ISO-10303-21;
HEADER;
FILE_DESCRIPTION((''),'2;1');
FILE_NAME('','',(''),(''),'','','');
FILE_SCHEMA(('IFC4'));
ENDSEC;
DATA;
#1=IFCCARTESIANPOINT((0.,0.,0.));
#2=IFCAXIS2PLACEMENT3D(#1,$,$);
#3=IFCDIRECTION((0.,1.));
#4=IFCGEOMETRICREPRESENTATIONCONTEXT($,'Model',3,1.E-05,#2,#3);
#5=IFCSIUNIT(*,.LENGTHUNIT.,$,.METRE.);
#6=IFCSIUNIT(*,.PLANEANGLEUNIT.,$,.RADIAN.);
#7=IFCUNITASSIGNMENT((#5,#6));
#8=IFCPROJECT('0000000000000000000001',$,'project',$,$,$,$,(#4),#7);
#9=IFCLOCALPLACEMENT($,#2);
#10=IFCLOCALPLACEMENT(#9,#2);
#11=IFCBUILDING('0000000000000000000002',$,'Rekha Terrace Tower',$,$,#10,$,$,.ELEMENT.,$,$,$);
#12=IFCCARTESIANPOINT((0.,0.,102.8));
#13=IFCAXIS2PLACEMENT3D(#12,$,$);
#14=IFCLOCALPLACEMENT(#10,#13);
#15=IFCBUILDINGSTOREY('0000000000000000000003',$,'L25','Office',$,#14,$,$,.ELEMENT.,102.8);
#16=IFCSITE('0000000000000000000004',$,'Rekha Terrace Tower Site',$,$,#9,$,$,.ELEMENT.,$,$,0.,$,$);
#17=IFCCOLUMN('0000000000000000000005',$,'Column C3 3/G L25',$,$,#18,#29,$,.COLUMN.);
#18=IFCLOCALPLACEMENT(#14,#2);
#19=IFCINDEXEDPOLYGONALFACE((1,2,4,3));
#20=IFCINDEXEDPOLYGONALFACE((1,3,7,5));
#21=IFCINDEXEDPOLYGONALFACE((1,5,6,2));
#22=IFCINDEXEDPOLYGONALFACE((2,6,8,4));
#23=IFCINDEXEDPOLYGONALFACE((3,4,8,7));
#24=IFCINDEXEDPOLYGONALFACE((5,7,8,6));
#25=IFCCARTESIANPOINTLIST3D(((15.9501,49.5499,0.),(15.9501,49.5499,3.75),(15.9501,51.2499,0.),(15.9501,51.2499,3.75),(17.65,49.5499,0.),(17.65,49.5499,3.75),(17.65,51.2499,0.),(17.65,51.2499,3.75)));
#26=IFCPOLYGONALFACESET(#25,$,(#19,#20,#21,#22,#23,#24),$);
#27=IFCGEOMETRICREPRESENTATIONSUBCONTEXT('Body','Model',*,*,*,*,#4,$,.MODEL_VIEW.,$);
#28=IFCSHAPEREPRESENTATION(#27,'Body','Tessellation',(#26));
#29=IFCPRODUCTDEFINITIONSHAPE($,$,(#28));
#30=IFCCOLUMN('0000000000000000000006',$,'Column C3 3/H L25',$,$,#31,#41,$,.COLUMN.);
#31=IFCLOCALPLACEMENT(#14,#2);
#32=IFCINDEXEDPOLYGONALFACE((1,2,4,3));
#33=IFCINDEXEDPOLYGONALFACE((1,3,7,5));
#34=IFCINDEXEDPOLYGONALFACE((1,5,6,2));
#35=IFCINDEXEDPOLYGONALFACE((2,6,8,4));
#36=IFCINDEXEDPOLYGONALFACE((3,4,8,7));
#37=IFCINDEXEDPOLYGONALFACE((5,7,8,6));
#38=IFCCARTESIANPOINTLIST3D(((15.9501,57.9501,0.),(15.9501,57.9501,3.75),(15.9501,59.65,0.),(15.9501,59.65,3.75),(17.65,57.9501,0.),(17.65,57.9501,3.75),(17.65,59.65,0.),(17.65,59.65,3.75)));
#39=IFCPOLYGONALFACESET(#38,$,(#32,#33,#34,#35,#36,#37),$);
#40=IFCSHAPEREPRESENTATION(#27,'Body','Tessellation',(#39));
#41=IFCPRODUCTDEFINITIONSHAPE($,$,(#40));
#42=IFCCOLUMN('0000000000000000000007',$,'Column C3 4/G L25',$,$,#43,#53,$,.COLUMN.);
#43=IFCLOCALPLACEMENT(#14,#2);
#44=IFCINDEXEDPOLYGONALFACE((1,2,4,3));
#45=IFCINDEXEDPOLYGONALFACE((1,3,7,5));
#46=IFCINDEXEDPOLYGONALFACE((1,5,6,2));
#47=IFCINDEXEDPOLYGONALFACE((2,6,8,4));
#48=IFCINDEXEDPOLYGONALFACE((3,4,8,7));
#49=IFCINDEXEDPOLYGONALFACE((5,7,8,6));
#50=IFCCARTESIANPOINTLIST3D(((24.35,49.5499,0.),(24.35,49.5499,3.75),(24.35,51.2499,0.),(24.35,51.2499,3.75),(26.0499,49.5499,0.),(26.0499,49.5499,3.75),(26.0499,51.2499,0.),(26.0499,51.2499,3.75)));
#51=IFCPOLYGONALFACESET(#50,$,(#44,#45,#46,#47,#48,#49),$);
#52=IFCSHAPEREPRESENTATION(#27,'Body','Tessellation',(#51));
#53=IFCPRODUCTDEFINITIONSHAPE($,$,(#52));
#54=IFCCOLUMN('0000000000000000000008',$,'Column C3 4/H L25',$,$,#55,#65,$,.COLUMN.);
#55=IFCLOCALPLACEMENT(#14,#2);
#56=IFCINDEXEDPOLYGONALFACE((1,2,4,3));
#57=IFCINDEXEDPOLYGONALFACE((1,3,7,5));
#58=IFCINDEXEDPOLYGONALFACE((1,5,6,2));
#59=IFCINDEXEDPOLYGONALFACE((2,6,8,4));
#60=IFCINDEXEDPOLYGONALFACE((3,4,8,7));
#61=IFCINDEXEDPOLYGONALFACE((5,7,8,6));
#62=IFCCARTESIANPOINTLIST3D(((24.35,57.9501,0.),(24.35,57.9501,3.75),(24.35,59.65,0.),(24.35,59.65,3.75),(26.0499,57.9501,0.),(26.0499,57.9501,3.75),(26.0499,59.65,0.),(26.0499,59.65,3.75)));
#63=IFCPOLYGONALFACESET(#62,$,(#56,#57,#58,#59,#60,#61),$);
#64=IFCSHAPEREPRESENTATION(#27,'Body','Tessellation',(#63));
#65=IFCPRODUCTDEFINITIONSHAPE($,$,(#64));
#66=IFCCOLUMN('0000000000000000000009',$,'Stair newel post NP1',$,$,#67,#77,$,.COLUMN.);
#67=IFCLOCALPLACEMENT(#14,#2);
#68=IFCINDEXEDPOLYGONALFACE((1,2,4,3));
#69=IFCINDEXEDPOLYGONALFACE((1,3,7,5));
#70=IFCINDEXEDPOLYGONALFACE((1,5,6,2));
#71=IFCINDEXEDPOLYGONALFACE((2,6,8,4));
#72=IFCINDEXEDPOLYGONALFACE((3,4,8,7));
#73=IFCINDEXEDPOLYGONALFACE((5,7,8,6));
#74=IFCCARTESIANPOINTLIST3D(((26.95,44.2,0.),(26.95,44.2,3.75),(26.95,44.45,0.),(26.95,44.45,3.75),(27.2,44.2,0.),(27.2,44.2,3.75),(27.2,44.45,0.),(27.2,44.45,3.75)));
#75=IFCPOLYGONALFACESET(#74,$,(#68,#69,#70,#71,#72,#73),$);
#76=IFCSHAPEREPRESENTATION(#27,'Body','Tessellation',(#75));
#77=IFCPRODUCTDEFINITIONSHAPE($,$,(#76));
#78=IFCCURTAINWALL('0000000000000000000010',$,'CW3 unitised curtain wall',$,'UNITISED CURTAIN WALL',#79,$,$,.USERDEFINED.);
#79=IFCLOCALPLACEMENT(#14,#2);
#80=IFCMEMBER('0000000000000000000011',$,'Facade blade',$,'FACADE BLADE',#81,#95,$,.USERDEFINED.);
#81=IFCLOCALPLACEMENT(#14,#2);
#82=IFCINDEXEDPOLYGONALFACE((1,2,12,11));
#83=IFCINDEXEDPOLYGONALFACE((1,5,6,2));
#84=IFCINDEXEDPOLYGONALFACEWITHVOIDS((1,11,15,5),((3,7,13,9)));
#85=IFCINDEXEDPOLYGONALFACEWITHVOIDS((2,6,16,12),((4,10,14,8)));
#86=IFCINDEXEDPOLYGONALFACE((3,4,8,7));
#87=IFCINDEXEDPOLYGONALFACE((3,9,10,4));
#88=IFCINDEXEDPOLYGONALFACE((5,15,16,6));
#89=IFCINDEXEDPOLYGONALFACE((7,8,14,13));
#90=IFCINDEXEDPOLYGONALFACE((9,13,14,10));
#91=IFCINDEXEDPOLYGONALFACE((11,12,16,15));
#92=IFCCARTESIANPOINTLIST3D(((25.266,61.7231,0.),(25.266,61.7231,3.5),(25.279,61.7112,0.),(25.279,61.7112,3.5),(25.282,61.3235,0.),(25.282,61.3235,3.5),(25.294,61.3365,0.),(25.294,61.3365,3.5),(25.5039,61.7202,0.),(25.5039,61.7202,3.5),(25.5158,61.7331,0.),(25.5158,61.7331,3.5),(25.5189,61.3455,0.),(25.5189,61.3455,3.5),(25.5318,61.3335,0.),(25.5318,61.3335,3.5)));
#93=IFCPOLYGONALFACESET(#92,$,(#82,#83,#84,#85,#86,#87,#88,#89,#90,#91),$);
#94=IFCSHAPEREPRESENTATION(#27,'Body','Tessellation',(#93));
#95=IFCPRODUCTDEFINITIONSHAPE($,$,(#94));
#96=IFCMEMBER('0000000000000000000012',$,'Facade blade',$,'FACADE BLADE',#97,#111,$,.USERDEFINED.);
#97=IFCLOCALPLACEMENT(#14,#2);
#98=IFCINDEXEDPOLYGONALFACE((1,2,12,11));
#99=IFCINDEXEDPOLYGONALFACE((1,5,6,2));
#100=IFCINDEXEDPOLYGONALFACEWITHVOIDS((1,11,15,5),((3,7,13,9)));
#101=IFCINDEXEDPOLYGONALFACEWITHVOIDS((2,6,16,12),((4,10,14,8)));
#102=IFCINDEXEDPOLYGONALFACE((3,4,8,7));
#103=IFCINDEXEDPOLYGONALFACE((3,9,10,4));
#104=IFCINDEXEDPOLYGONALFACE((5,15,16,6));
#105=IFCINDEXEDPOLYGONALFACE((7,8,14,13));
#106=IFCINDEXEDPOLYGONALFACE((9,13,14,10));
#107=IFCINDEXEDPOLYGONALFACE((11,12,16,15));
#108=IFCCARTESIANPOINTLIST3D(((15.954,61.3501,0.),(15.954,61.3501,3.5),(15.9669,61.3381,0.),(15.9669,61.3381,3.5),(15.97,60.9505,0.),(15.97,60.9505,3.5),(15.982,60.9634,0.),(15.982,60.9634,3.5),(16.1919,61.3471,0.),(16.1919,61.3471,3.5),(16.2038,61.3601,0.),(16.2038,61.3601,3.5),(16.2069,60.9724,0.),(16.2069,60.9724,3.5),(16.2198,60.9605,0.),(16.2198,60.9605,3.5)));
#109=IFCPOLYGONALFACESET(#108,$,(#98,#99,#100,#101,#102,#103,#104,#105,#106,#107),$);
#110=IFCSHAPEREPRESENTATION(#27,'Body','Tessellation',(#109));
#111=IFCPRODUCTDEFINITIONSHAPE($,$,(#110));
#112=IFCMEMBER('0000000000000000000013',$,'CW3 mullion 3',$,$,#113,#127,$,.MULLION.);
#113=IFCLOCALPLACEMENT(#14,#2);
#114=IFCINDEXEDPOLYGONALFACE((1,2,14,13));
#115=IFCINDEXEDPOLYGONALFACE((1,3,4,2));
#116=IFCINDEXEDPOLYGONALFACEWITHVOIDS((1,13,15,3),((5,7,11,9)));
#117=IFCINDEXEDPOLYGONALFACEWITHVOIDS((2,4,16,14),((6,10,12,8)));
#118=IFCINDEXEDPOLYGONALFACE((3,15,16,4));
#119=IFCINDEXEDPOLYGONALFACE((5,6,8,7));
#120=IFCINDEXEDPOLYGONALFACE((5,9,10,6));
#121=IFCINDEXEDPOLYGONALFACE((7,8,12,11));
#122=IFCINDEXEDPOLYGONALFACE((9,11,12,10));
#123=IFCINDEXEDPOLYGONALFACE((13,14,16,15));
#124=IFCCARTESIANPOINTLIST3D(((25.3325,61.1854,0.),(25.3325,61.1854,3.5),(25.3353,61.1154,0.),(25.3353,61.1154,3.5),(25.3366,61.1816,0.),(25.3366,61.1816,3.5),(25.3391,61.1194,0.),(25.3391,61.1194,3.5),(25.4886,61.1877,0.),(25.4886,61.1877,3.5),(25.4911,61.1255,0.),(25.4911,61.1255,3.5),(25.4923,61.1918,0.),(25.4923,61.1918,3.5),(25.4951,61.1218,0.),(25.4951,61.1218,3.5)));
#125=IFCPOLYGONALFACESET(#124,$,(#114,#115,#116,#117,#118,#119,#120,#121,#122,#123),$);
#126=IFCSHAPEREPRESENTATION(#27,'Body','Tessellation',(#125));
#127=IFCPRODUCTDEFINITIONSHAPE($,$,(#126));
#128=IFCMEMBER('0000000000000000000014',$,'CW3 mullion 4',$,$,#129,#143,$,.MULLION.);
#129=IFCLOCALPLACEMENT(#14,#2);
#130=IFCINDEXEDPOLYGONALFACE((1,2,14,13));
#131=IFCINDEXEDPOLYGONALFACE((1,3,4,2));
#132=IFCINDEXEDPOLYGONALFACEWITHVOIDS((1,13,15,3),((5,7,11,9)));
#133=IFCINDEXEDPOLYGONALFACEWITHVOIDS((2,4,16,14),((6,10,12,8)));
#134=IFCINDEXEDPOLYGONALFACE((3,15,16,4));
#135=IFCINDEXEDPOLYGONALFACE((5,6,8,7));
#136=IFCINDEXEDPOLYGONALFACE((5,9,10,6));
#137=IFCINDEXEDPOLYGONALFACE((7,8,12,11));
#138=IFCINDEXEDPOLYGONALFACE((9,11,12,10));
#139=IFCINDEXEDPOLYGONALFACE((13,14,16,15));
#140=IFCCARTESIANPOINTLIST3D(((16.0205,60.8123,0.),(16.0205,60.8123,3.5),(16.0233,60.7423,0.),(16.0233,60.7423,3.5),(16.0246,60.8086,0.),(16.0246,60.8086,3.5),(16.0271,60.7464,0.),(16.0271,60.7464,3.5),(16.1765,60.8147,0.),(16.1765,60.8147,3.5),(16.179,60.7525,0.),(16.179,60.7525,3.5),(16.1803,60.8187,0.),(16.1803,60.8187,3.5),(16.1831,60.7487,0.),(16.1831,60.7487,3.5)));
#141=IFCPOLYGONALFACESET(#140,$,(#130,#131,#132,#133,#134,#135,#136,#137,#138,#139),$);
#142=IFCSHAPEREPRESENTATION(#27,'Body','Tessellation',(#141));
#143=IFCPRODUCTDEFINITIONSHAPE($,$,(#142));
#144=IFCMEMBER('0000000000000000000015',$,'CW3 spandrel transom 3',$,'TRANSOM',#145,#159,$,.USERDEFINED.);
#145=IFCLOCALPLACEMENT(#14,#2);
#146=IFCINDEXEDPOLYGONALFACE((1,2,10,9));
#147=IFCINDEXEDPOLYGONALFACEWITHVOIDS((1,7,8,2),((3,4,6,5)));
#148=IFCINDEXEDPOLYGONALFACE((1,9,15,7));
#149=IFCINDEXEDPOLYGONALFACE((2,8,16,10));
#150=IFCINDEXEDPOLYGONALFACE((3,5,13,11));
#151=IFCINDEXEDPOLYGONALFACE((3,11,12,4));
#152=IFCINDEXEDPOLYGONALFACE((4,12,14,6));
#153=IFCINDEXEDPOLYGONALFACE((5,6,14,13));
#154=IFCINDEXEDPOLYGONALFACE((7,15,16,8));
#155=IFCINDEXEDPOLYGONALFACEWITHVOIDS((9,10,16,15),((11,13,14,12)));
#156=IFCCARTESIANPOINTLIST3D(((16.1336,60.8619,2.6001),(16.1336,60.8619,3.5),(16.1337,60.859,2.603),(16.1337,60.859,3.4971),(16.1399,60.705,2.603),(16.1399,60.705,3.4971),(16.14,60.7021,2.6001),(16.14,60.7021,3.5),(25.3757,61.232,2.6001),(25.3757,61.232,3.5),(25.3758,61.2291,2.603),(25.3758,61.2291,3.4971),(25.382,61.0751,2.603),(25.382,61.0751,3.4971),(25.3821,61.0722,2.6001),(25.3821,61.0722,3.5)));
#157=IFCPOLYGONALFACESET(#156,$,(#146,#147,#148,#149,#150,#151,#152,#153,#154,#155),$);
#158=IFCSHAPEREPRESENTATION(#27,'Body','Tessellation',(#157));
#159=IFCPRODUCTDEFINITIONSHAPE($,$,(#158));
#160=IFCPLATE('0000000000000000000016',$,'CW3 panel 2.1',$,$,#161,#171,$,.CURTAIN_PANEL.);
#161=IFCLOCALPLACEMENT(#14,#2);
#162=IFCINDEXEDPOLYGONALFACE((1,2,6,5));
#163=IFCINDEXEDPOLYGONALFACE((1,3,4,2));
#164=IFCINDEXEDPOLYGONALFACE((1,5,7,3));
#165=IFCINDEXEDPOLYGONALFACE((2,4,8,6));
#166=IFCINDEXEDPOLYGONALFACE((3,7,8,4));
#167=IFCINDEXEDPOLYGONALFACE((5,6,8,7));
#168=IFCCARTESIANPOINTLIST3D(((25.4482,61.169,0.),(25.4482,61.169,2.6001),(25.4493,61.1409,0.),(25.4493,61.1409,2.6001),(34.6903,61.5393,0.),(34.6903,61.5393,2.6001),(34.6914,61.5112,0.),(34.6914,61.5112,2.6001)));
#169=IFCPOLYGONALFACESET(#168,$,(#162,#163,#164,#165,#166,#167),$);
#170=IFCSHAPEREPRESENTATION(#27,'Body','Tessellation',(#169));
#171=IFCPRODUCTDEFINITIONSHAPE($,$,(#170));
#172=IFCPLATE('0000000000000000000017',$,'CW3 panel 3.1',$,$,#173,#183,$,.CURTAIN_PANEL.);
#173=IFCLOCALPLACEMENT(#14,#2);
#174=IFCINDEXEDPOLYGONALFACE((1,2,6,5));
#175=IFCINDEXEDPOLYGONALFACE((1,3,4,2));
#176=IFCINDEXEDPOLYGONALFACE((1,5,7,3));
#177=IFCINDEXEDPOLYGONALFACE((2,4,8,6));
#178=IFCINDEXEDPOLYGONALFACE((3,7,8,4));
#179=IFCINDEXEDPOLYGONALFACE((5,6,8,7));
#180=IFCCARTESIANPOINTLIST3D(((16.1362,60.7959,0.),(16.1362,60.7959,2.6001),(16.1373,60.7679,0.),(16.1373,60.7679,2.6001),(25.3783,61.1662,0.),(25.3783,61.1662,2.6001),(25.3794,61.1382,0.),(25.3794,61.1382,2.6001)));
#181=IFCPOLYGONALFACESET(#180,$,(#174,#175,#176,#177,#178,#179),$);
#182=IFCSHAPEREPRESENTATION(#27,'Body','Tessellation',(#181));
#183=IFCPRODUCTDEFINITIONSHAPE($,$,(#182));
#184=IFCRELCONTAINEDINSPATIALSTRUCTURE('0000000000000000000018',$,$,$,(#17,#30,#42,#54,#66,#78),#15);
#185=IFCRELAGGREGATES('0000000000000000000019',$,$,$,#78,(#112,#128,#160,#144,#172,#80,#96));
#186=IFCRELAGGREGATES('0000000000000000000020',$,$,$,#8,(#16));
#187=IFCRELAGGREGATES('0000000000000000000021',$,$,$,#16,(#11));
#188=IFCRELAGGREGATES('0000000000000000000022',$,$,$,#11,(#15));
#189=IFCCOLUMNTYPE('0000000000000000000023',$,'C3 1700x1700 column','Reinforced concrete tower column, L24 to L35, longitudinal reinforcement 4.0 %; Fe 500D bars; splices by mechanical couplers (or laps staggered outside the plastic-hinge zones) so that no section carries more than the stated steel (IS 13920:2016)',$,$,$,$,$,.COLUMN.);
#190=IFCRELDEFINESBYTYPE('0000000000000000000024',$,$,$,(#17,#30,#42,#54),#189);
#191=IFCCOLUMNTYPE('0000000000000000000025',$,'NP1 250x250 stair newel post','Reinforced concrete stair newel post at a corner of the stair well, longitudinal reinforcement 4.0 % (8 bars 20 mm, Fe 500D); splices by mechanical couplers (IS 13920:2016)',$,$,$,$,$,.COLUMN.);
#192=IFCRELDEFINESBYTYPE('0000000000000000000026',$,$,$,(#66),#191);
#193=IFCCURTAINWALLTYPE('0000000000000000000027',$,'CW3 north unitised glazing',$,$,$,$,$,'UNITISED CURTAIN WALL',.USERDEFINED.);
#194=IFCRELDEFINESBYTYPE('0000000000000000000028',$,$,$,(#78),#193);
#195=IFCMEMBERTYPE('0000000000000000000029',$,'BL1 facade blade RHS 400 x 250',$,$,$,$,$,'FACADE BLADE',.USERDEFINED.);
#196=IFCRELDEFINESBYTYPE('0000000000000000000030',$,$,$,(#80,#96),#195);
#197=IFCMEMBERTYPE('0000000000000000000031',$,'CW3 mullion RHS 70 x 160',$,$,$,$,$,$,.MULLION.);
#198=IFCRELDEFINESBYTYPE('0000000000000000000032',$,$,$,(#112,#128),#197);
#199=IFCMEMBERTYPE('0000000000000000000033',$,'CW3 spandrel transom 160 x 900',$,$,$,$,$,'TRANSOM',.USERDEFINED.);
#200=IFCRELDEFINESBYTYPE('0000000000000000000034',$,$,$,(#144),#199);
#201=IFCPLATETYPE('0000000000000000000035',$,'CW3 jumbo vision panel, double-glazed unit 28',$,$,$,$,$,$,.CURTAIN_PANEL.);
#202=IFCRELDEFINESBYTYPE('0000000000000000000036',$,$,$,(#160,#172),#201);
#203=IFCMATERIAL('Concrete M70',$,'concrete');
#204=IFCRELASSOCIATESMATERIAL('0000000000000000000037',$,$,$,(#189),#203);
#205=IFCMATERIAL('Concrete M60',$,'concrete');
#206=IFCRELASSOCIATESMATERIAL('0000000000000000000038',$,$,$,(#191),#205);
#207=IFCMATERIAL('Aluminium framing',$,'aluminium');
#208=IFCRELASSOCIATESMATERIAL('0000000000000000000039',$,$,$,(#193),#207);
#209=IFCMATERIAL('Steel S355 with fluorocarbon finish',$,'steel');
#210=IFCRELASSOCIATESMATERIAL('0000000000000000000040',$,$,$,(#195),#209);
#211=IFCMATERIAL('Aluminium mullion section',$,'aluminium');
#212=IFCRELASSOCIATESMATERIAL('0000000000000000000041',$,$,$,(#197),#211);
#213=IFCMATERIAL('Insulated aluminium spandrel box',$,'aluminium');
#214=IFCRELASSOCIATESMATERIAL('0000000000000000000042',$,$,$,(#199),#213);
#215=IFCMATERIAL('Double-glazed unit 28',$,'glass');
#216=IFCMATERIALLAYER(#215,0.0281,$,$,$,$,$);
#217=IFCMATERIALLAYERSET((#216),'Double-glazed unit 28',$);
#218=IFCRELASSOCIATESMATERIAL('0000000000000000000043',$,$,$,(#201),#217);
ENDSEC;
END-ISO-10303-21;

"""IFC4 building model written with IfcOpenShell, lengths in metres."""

from ifc_helpers import new_model, si_unit, direction, frame, origin, origin_2d, place, context, subcontext, project, spatial, rectangle, hollow_rectangle, extrude, material, layer, layer_set, material_profile, profile_set, type_object, element, aggregate, save


model = new_model("IFC4")

# Units and contexts
model_context = context("Model", 3, precision=1e-05, world=origin(), true_north=direction((0.0, 1.0)))
body_context = subcontext(model_context, "Body", "Model", "MODEL_VIEW")
ifc_project = project(units=[si_unit("LENGTHUNIT", "METRE"), si_unit("PLANEANGLEUNIT", "RADIAN")], contexts=[model_context])

# Site, building, storey
site_placement = place(None, origin())
site = spatial("IfcSite", under=ifc_project, at=site_placement, Name="Rekha Terrace Tower Site", CompositionType="ELEMENT", RefElevation=0.0)
building_placement = place(site_placement, origin())
building = spatial("IfcBuilding", under=site, at=building_placement, Name="Rekha Terrace Tower", CompositionType="ELEMENT")
storey_placement = place(building_placement, frame((0.0, 0.0, 102.8)))
storey = spatial("IfcBuildingStorey", under=building, at=storey_placement, Name="L25", Description="Office", CompositionType="ELEMENT", Elevation=102.8)

# Columns
ifc_material_1 = material(Name="Concrete M70", Category="concrete")
ifc_material_profile_1 = material_profile(ifc_material_1, rectangle(XDim=1.7, YDim=1.7, at=origin_2d()), Name="RC 1700x1700")
ifc_profile_set_1 = profile_set([ifc_material_profile_1], Name="Concrete M70")
column_type_1 = type_object("IfcColumnType", Name="C3 1700x1700 column", Description="Reinforced concrete tower column, L24 to L35, longitudinal reinforcement 4.0 %; Fe 500D bars; splices by mechanical couplers (or laps staggered outside the plastic-hinge zones) so that no section carries more than the stated steel (IS 13920:2016)", PredefinedType="COLUMN", material=ifc_profile_set_1)
for number, where, z_axis, x_axis, name in (
    (1, (16.8, 50.3999, 0.0), (0.0, 0.0, 1.0), (1.0, 0.0, 0.0), "Column C3 3/G L25"),
    (2, (16.8, 58.8, 0.0), (0.0, 0.0, 1.0), (1.0, 0.0, 0.0), "Column C3 3/H L25"),
    (3, (25.2, 50.3999, 0.0), (0.0, 0.0, 1.0), (1.0, 0.0, 0.0), "Column C3 4/G L25"),
    (4, (25.2, 58.8, 0.0), (0.0, 0.0, 1.0), (1.0, 0.0, 0.0), "Column C3 4/H L25"),
):
    element("IfcColumn", number, at=place(storey_placement, frame(where, z_axis=z_axis, x_axis=x_axis)), inside=storey, type_object=column_type_1, Name=name, PredefinedType="COLUMN", context=body_context, shape_type="SweptSolid", body=[
        extrude(rectangle(XDim=1.7, YDim=1.7, at=origin_2d()), origin(), (0.0, 0.0, 1.0), 3.75),
    ])
ifc_material_2 = material(Name="Concrete M60", Category="concrete")
ifc_material_profile_2 = material_profile(ifc_material_2, rectangle(XDim=0.25, YDim=0.25, at=origin_2d()), Name="RC 250x250")
ifc_profile_set_2 = profile_set([ifc_material_profile_2], Name="Concrete M60")
column_type_2 = type_object("IfcColumnType", Name="NP1 250x250 stair newel post", Description="Reinforced concrete stair newel post at a corner of the stair well, longitudinal reinforcement 4.0 % (8 bars 20 mm, Fe 500D); splices by mechanical couplers (IS 13920:2016)", PredefinedType="COLUMN", material=ifc_profile_set_2)
column_placement = place(storey_placement, frame((27.075, 44.325, 0.0), z_axis=(0.0, 0.0, 1.0), x_axis=(1.0, 0.0, 0.0)))
element("IfcColumn", 5, at=column_placement, inside=storey, type_object=column_type_2, Name="Stair newel post NP1", PredefinedType="COLUMN", context=body_context, shape_type="SweptSolid", body=[
    extrude(rectangle(XDim=0.25, YDim=0.25, at=origin_2d()), origin(), (0.0, 0.0, 1.0), 3.75),
])

# Curtain wall, members, plates
ifc_material_3 = material(Name="Aluminium framing", Category="aluminium")
curtain_wall_type = type_object("IfcCurtainWallType", Name="CW3 north unitised glazing", ElementType="UNITISED CURTAIN WALL", PredefinedType="USERDEFINED", material=ifc_material_3)
curtain_wall_placement = place(storey_placement, origin())
curtain_wall = element("IfcCurtainWall", 6, at=curtain_wall_placement, inside=storey, type_object=curtain_wall_type, Name="CW3 unitised curtain wall", ObjectType="UNITISED CURTAIN WALL", PredefinedType="USERDEFINED")
ifc_material_4 = material(Name="Steel S355 with fluorocarbon finish", Category="steel")
ifc_material_profile_3 = material_profile(ifc_material_4, hollow_rectangle(XDim=0.25, YDim=0.3999, WallThickness=0.0125, at=origin_2d()), Name="RHS400x250x12.5")
ifc_profile_set_3 = profile_set([ifc_material_profile_3], Name="Steel S355 with fluorocarbon finish")
member_type_1 = type_object("IfcMemberType", Name="BL1 facade blade RHS 400 x 250", ElementType="FACADE BLADE", PredefinedType="USERDEFINED", material=ifc_profile_set_3)
member_1_placement = place(storey_placement, frame((25.3989, 61.5283, 0.0), z_axis=(0.0, 0.0, 1.0), x_axis=(-0.999198, -0.040032, 0.0)))
member_1 = element("IfcMember", 7, at=member_1_placement, type_object=member_type_1, Name="Facade blade", ObjectType="FACADE BLADE", PredefinedType="USERDEFINED", context=body_context, shape_type="SweptSolid", body=[
    extrude(hollow_rectangle(XDim=0.25, YDim=0.3999, WallThickness=0.0125, at=origin_2d()), origin(), (0.0, 0.0, 1.0), 3.5),
])
member_2_placement = place(storey_placement, frame((16.0869, 61.1553, 0.0), z_axis=(0.0, 0.0, 1.0), x_axis=(-0.999198, -0.040032, 0.0)))
member_2 = element("IfcMember", 8, at=member_2_placement, type_object=member_type_1, Name="Facade blade", ObjectType="FACADE BLADE", PredefinedType="USERDEFINED", context=body_context, shape_type="SweptSolid", body=[
    extrude(hollow_rectangle(XDim=0.25, YDim=0.3999, WallThickness=0.0125, at=origin_2d()), origin(), (0.0, 0.0, 1.0), 3.5),
])
ifc_material_5 = material(Name="Aluminium mullion section", Category="aluminium")
ifc_material_profile_4 = material_profile(ifc_material_5, hollow_rectangle(XDim=0.0701, YDim=0.1599, WallThickness=0.0039, at=origin_2d()), Name="AL RHS 70x160")
ifc_profile_set_4 = profile_set([ifc_material_profile_4], Name="Aluminium mullion section")
member_type_2 = type_object("IfcMemberType", Name="CW3 mullion RHS 70 x 160", PredefinedType="MULLION", material=ifc_profile_set_4)
member_3_placement = place(storey_placement, frame((25.4138, 61.1536, 0.0), z_axis=(0.0, 0.0, 1.0), x_axis=(0.040032, -0.999198, 0.0)))
member_3 = element("IfcMember", 9, at=member_3_placement, type_object=member_type_2, Name="CW3 mullion 3", PredefinedType="MULLION", context=body_context, shape_type="SweptSolid", body=[
    extrude(hollow_rectangle(XDim=0.0701, YDim=0.1599, WallThickness=0.0039, at=origin_2d()), origin(), (0.0, 0.0, 1.0), 3.5),
])
member_4_placement = place(storey_placement, frame((16.1018, 60.7805, 0.0), z_axis=(0.0, 0.0, 1.0), x_axis=(0.040032, -0.999198, 0.0)))
member_4 = element("IfcMember", 10, at=member_4_placement, type_object=member_type_2, Name="CW3 mullion 4", PredefinedType="MULLION", context=body_context, shape_type="SweptSolid", body=[
    extrude(hollow_rectangle(XDim=0.0701, YDim=0.1599, WallThickness=0.0039, at=origin_2d()), origin(), (0.0, 0.0, 1.0), 3.5),
])
ifc_material_6 = material(Name="Insulated aluminium spandrel box", Category="aluminium")
ifc_material_profile_5 = material_profile(ifc_material_6, hollow_rectangle(XDim=0.1599, YDim=0.8999, WallThickness=0.0029, at=origin_2d()), Name="AL SPANDREL BOX 160x900")
ifc_profile_set_5 = profile_set([ifc_material_profile_5], Name="Insulated aluminium spandrel box")
member_type_3 = type_object("IfcMemberType", Name="CW3 spandrel transom 160 x 900", ElementType="TRANSOM", PredefinedType="USERDEFINED", material=ifc_profile_set_5)
member_5_placement = place(storey_placement, frame((25.3789, 61.1521, 3.05), z_axis=(-0.999199, -0.040014, 0.0), x_axis=(0.040014, -0.999199, 0.0)))
member_5 = element("IfcMember", 11, at=member_5_placement, type_object=member_type_3, Name="CW3 spandrel transom 3", ObjectType="TRANSOM", PredefinedType="USERDEFINED", context=body_context, shape_type="SweptSolid", body=[
    extrude(hollow_rectangle(XDim=0.1599, YDim=0.8999, WallThickness=0.0029, at=origin_2d()), origin(), (0.0, 0.0, 1.0), 9.2495),
])
ifc_material_7 = material(Name="Double-glazed unit 28", Category="glass")
ifc_layer_1 = layer(ifc_material_7, 0.0281)
ifc_layer_set_1 = layer_set([ifc_layer_1], Name="Double-glazed unit 28")
plate_type = type_object("IfcPlateType", Name="CW3 jumbo vision panel, double-glazed unit 28", PredefinedType="CURTAIN_PANEL", material=ifc_layer_set_1)
plate_1_placement = place(storey_placement, frame((30.0698, 61.3401, 0.0), z_axis=(0.0, 0.0, 1.0), x_axis=(-0.999198, -0.040032, 0.0)))
plate_1 = element("IfcPlate", 12, at=plate_1_placement, type_object=plate_type, Name="CW3 panel 2.1", PredefinedType="CURTAIN_PANEL", context=body_context, shape_type="SweptSolid", body=[
    extrude(rectangle(XDim=9.2495, YDim=0.0281, at=origin_2d()), origin(), (0.0, 0.0, 1.0), 2.6001),
])
plate_2_placement = place(storey_placement, frame((20.7578, 60.967, 0.0), z_axis=(0.0, 0.0, 1.0), x_axis=(-0.999198, -0.040032, 0.0)))
plate_2 = element("IfcPlate", 13, at=plate_2_placement, type_object=plate_type, Name="CW3 panel 3.1", PredefinedType="CURTAIN_PANEL", context=body_context, shape_type="SweptSolid", body=[
    extrude(rectangle(XDim=9.2495, YDim=0.0281, at=origin_2d()), origin(), (0.0, 0.0, 1.0), 2.6001),
])
aggregate(curtain_wall, [member_3, member_4, plate_1, member_5, plate_2, member_1, member_2])

save(model, "model.ifc")
